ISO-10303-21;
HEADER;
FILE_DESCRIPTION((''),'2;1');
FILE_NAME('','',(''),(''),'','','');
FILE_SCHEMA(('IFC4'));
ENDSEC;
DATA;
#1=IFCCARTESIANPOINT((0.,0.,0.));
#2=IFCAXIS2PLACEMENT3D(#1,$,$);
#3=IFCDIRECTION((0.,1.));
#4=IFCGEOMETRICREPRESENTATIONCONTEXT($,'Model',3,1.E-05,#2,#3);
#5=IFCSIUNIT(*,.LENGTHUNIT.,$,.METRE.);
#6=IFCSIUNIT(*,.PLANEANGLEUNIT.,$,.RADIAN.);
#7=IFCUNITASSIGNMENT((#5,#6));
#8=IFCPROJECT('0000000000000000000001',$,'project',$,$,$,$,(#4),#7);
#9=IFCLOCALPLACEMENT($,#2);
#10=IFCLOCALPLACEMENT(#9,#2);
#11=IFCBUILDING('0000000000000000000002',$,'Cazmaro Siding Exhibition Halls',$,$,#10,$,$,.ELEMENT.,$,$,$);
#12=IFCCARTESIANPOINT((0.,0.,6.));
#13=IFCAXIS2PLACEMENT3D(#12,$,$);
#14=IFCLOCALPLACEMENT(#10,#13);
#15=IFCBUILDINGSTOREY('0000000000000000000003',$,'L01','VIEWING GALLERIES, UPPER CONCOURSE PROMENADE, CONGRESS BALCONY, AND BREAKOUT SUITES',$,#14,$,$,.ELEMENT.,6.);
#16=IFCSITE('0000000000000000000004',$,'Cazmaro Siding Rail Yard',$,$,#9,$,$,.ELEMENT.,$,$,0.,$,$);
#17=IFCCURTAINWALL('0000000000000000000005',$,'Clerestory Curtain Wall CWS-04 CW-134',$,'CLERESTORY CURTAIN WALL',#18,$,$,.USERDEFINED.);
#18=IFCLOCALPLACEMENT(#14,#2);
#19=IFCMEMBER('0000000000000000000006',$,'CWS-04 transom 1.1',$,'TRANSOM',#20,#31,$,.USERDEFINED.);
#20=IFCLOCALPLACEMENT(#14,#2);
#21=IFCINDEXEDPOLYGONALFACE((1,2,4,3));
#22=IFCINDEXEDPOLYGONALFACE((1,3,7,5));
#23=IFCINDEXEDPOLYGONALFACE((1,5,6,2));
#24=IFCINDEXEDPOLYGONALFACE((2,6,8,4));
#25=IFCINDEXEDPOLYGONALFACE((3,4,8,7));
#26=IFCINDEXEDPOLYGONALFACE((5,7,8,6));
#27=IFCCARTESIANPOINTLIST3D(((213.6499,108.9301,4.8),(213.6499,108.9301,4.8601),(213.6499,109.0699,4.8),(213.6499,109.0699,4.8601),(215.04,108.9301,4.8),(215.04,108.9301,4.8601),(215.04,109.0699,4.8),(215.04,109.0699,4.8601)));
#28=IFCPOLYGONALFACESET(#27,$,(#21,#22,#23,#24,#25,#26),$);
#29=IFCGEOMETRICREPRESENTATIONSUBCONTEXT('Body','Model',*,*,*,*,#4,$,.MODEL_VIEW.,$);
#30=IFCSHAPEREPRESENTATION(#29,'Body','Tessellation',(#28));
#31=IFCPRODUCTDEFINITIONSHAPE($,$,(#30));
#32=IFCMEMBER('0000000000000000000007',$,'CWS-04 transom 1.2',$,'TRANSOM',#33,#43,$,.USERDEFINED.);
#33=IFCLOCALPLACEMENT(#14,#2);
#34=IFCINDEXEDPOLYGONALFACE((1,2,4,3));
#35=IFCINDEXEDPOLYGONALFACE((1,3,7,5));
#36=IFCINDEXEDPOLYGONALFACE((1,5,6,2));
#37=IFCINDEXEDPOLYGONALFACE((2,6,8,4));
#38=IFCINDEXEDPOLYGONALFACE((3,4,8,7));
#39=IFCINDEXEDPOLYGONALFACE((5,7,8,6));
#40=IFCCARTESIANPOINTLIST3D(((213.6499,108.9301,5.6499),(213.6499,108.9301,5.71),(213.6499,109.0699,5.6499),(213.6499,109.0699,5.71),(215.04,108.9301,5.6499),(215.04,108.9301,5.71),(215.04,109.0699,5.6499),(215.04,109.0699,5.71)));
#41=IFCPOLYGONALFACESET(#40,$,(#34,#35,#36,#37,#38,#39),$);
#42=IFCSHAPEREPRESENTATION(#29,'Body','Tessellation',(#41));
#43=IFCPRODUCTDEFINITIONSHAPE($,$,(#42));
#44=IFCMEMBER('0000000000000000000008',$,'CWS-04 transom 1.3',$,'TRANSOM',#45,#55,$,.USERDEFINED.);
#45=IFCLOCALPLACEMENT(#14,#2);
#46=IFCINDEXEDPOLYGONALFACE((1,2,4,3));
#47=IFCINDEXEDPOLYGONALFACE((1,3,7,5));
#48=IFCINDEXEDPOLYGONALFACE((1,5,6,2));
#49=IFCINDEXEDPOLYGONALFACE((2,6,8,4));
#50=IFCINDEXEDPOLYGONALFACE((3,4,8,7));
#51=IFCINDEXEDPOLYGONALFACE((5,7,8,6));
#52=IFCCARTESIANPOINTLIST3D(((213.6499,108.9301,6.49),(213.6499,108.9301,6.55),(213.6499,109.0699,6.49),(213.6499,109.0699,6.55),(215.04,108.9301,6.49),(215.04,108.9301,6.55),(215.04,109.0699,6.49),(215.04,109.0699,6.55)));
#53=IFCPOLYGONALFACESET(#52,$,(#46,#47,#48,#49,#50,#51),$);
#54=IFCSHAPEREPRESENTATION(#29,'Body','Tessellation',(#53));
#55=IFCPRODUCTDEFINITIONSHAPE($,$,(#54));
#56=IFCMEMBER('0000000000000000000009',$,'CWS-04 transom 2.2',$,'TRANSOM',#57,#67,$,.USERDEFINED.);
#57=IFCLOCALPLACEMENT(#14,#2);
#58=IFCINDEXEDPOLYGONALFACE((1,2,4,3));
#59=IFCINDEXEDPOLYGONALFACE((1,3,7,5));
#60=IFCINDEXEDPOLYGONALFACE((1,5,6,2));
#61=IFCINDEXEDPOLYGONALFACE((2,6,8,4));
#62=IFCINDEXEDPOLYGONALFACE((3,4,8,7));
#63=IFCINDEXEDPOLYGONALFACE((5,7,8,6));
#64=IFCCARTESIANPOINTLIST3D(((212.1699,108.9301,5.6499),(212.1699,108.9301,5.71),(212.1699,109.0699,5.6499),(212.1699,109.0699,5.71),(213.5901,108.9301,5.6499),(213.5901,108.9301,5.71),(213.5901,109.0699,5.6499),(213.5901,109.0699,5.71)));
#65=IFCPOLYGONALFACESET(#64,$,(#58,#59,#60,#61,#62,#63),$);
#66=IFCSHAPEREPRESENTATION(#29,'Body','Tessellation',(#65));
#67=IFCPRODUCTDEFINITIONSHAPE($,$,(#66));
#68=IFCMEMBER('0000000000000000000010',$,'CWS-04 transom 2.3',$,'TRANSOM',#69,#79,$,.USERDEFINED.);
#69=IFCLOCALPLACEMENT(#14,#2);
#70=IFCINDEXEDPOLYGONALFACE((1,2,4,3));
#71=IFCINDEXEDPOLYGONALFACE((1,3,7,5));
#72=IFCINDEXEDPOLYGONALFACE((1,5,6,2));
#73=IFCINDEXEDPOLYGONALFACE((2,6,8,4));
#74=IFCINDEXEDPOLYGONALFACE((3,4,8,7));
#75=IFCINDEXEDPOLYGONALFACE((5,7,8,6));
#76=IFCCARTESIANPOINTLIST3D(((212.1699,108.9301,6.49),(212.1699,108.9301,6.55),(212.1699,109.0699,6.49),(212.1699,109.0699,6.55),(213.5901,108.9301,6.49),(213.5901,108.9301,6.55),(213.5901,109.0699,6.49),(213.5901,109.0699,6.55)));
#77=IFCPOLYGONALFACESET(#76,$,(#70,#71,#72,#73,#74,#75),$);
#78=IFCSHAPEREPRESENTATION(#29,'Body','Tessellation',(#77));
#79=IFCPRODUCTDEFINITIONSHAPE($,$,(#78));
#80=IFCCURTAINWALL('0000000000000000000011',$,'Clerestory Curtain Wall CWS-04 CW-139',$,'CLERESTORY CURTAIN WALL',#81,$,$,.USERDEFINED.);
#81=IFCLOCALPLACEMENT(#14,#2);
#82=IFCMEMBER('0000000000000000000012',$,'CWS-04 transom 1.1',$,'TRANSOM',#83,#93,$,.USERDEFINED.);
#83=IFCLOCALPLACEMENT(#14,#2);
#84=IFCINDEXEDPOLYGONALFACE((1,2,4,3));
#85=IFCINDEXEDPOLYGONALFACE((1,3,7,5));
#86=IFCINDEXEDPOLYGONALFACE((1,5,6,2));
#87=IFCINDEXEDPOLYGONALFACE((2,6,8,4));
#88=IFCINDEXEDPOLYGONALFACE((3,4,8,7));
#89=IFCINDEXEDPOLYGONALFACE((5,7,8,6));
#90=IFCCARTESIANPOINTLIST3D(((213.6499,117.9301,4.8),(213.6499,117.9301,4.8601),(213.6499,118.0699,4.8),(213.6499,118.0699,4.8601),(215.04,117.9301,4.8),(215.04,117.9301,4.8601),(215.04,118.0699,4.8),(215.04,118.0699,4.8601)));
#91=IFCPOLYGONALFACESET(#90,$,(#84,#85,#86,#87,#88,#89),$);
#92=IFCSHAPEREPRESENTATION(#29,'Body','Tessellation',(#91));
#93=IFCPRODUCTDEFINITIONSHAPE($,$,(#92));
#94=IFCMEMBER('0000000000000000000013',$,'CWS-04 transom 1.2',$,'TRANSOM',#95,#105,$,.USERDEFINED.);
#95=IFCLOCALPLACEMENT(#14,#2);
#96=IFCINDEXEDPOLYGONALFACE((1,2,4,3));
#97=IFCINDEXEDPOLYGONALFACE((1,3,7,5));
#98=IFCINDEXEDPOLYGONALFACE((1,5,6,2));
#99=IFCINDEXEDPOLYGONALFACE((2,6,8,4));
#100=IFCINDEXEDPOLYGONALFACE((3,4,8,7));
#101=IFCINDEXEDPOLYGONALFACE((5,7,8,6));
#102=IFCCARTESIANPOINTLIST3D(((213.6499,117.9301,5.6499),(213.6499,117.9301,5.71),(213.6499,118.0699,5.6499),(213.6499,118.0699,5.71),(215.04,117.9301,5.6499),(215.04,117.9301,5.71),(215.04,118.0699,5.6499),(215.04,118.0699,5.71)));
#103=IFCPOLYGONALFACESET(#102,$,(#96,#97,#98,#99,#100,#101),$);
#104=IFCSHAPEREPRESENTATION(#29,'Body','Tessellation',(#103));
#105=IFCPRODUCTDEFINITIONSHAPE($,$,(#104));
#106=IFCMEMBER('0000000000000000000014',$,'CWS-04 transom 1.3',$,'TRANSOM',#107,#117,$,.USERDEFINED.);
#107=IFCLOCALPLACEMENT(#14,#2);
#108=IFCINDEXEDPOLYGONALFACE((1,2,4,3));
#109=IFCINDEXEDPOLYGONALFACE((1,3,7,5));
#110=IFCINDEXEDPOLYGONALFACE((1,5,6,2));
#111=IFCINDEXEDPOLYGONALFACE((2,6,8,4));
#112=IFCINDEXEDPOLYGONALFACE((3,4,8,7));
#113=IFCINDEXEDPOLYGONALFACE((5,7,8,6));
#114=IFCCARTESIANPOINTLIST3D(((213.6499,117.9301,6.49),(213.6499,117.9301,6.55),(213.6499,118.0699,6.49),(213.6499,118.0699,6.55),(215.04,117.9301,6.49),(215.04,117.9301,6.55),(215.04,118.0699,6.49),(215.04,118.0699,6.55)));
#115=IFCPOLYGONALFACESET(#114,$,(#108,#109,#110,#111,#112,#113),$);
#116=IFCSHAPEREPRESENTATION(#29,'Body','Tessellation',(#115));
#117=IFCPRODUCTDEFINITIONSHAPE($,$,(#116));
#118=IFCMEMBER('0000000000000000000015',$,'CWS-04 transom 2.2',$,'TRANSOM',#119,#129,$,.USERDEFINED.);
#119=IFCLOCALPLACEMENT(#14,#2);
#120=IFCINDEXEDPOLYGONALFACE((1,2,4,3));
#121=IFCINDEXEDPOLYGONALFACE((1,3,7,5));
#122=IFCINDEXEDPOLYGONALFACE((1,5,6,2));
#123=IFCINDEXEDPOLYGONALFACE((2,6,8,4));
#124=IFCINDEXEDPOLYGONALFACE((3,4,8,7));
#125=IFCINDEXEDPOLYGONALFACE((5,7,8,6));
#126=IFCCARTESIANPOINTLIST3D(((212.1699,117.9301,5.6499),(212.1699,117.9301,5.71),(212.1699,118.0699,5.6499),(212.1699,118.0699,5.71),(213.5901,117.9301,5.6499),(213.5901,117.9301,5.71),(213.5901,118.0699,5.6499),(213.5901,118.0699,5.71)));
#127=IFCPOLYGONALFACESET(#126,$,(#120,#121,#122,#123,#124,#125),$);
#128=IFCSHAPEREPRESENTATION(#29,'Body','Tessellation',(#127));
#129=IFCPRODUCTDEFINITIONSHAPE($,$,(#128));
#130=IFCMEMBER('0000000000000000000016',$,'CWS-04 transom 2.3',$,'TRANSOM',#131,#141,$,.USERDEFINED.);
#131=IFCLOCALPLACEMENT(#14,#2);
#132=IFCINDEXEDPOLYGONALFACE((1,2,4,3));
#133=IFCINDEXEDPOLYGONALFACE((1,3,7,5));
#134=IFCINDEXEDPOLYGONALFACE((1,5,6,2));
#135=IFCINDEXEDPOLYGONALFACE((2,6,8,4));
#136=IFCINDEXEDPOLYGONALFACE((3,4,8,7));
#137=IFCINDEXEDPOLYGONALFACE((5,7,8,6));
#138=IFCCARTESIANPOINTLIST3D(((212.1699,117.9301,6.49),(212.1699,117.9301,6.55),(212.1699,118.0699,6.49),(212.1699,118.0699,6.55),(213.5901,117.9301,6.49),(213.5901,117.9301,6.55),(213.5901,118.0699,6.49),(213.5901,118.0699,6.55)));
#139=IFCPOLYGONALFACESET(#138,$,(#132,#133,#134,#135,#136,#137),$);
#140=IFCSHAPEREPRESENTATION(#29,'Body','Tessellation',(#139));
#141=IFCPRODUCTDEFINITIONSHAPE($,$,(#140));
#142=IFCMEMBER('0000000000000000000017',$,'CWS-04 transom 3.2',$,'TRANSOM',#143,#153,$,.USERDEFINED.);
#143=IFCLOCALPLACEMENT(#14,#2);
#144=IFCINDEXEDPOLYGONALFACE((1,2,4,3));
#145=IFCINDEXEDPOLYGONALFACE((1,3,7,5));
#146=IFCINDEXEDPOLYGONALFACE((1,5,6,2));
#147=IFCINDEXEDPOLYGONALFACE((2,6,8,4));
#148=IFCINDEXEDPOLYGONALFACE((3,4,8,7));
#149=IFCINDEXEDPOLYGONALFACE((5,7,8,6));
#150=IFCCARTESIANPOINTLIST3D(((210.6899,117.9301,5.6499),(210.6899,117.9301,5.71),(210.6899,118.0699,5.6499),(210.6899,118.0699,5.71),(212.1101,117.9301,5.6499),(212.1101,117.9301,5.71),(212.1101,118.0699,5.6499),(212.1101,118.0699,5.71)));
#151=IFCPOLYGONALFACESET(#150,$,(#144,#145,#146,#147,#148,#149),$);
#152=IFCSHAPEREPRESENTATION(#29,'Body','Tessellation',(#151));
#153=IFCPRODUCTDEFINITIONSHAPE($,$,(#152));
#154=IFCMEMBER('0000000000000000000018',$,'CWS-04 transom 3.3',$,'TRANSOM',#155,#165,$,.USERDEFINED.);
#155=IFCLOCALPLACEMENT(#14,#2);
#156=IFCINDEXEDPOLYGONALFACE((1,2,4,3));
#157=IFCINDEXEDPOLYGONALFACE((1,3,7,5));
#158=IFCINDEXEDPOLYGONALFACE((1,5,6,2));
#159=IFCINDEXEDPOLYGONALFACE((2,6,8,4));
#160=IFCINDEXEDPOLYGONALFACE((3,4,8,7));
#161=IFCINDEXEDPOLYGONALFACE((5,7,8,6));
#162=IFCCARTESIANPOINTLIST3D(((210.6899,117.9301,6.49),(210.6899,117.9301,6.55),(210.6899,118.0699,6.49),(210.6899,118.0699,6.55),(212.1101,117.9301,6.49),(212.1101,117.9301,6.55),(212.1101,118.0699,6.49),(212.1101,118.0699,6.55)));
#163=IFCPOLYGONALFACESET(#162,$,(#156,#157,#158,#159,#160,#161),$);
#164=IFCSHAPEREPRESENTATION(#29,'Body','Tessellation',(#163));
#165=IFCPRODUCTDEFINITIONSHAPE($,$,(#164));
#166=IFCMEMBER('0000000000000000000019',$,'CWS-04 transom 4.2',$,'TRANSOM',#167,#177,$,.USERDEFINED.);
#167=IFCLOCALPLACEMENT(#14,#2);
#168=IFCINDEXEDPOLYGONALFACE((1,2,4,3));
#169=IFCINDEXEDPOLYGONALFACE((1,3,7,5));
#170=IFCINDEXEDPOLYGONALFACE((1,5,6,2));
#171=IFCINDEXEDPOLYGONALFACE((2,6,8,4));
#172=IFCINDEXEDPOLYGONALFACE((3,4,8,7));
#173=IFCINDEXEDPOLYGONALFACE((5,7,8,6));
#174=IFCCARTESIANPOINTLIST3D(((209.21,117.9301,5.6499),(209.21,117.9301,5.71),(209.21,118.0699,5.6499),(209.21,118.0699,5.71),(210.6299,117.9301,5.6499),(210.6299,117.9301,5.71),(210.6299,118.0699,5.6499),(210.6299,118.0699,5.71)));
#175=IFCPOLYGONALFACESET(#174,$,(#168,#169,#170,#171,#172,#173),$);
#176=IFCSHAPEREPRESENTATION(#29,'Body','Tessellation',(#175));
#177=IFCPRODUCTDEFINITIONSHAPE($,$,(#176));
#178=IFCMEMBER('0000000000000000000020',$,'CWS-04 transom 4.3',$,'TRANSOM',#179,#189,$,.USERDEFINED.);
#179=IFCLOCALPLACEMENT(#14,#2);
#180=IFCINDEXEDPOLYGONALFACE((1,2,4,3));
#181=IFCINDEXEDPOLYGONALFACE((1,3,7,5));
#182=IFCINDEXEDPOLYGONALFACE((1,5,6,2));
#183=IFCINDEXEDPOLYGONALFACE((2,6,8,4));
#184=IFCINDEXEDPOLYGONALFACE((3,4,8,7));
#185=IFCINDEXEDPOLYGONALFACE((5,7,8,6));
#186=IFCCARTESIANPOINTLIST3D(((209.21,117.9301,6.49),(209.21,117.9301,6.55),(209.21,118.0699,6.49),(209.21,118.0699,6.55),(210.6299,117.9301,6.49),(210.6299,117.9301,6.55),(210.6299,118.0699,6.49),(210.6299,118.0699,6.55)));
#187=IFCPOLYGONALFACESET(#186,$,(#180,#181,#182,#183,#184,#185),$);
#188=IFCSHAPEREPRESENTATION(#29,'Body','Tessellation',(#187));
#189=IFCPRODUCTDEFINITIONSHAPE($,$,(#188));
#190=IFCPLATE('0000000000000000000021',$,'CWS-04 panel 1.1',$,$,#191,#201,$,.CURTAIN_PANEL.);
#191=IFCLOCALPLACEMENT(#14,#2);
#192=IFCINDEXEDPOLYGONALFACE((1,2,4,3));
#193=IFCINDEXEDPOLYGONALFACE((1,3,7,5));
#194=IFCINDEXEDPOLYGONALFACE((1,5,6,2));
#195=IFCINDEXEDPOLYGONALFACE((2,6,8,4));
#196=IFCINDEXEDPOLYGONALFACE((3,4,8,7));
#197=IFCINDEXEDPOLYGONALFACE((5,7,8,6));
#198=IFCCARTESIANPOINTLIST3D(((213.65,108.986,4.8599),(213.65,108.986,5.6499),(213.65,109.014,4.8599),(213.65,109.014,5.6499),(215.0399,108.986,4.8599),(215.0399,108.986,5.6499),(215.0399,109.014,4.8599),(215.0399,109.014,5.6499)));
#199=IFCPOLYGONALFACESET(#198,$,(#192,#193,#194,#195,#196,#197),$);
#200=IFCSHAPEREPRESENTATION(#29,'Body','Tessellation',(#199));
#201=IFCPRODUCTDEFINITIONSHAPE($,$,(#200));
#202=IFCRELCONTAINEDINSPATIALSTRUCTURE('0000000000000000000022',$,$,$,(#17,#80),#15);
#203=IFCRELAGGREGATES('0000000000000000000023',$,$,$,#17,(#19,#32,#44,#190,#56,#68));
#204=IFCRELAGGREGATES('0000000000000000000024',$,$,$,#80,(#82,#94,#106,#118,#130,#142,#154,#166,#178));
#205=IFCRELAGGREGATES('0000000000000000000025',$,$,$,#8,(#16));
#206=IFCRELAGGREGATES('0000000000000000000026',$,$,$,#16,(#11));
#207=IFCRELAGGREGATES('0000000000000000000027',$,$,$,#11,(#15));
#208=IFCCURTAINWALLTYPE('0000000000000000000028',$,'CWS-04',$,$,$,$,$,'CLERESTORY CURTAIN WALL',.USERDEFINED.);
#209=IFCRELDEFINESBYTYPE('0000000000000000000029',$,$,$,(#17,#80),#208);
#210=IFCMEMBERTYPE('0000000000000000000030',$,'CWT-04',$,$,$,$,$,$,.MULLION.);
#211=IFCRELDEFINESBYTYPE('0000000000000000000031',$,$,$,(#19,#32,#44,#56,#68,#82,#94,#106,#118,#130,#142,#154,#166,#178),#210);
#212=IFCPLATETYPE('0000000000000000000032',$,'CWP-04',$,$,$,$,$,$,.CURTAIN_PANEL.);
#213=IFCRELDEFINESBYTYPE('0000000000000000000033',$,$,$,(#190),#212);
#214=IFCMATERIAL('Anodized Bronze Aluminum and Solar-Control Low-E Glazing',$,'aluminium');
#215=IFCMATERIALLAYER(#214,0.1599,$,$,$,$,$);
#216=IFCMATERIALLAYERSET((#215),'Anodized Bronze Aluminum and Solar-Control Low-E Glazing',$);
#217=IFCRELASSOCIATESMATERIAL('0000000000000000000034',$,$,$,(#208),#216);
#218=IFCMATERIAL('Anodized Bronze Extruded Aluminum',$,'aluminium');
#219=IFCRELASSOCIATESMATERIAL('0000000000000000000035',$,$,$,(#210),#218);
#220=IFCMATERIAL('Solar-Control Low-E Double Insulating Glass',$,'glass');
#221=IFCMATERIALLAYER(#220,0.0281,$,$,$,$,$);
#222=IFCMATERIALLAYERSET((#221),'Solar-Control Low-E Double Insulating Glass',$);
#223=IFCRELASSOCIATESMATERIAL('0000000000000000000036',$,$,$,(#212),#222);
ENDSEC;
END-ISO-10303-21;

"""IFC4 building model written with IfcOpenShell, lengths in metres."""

from ifc_helpers import new_model, si_unit, direction, frame, origin, origin_2d, place, context, subcontext, project, spatial, rectangle, extrude, material, layer, layer_set, material_profile, profile_set, type_object, element, aggregate, save


model = new_model("IFC4")

# Units and contexts
model_context = context("Model", 3, precision=1e-05, world=origin(), true_north=direction((0.0, 1.0)))
body_context = subcontext(model_context, "Body", "Model", "MODEL_VIEW")
ifc_project = project(units=[si_unit("LENGTHUNIT", "METRE"), si_unit("PLANEANGLEUNIT", "RADIAN")], contexts=[model_context])

# Site, building, storey
site_placement = place(None, origin())
site = spatial("IfcSite", under=ifc_project, at=site_placement, Name="Cazmaro Siding Rail Yard", CompositionType="ELEMENT", RefElevation=0.0)
building_placement = place(site_placement, origin())
building = spatial("IfcBuilding", under=site, at=building_placement, Name="Cazmaro Siding Exhibition Halls", CompositionType="ELEMENT")
storey_placement = place(building_placement, frame((0.0, 0.0, 6.0)))
storey = spatial("IfcBuildingStorey", under=building, at=storey_placement, Name="L01", Description="VIEWING GALLERIES, UPPER CONCOURSE PROMENADE, CONGRESS BALCONY, AND BREAKOUT SUITES", CompositionType="ELEMENT", Elevation=6.0)

# Curtain walls, members
ifc_material_1 = material(Name="Anodized Bronze Aluminum and Solar-Control Low-E Glazing", Category="aluminium")
ifc_layer_1 = layer(ifc_material_1, 0.1599)
ifc_layer_set_1 = layer_set([ifc_layer_1], Name="Anodized Bronze Aluminum and Solar-Control Low-E Glazing")
curtain_wall_type = type_object("IfcCurtainWallType", Name="CWS-04", ElementType="CLERESTORY CURTAIN WALL", PredefinedType="USERDEFINED", material=ifc_layer_set_1)
curtain_wall_1_placement = place(storey_placement, origin())
curtain_wall_1 = element("IfcCurtainWall", 1, at=curtain_wall_1_placement, inside=storey, type_object=curtain_wall_type, Name="Clerestory Curtain Wall CWS-04 CW-134", ObjectType="CLERESTORY CURTAIN WALL", PredefinedType="USERDEFINED")
ifc_material_2 = material(Name="Anodized Bronze Extruded Aluminum", Category="aluminium")
ifc_material_profile = material_profile(ifc_material_2, rectangle(XDim=0.1399, YDim=0.0601, at=origin_2d()), Name="CWT-04")
ifc_profile_set = profile_set([ifc_material_profile], Name="Anodized Bronze Extruded Aluminum")
member_type = type_object("IfcMemberType", Name="CWT-04", PredefinedType="MULLION", material=ifc_profile_set)
member_1_placement = place(storey_placement, frame((215.04, 109.0, 4.8301), z_axis=(-1.0, 0.0, 0.0), x_axis=(0.0, -1.0, 0.0)))
member_1 = element("IfcMember", 2, at=member_1_placement, type_object=member_type, Name="CWS-04 transom 1.1", ObjectType="TRANSOM", PredefinedType="USERDEFINED", context=body_context, shape_type="SweptSolid", body=[
    extrude(rectangle(XDim=0.1399, YDim=0.0601, at=origin_2d()), origin(), (0.0, 0.0, 1.0), 1.3901),
])
member_2_placement = place(storey_placement, frame((215.04, 109.0, 5.6799), z_axis=(-1.0, 0.0, 0.0), x_axis=(0.0, -1.0, 0.0)))
member_2 = element("IfcMember", 3, at=member_2_placement, type_object=member_type, Name="CWS-04 transom 1.2", ObjectType="TRANSOM", PredefinedType="USERDEFINED", context=body_context, shape_type="SweptSolid", body=[
    extrude(rectangle(XDim=0.1399, YDim=0.0601, at=origin_2d()), origin(), (0.0, 0.0, 1.0), 1.3901),
])
member_3_placement = place(storey_placement, frame((215.04, 109.0, 6.52), z_axis=(-1.0, 0.0, 0.0), x_axis=(0.0, -1.0, 0.0)))
member_3 = element("IfcMember", 4, at=member_3_placement, type_object=member_type, Name="CWS-04 transom 1.3", ObjectType="TRANSOM", PredefinedType="USERDEFINED", context=body_context, shape_type="SweptSolid", body=[
    extrude(rectangle(XDim=0.1399, YDim=0.0601, at=origin_2d()), origin(), (0.0, 0.0, 1.0), 1.3901),
])
member_4_placement = place(storey_placement, frame((213.5901, 109.0, 5.6799), z_axis=(-1.0, 0.0, 0.0), x_axis=(0.0, -1.0, 0.0)))
member_4 = element("IfcMember", 5, at=member_4_placement, type_object=member_type, Name="CWS-04 transom 2.2", ObjectType="TRANSOM", PredefinedType="USERDEFINED", context=body_context, shape_type="SweptSolid", body=[
    extrude(rectangle(XDim=0.1399, YDim=0.0601, at=origin_2d()), origin(), (0.0, 0.0, 1.0), 1.4202),
])
member_5_placement = place(storey_placement, frame((213.5901, 109.0, 6.52), z_axis=(-1.0, 0.0, 0.0), x_axis=(0.0, -1.0, 0.0)))
member_5 = element("IfcMember", 6, at=member_5_placement, type_object=member_type, Name="CWS-04 transom 2.3", ObjectType="TRANSOM", PredefinedType="USERDEFINED", context=body_context, shape_type="SweptSolid", body=[
    extrude(rectangle(XDim=0.1399, YDim=0.0601, at=origin_2d()), origin(), (0.0, 0.0, 1.0), 1.4202),
])
curtain_wall_2_placement = place(storey_placement, origin())
curtain_wall_2 = element("IfcCurtainWall", 7, at=curtain_wall_2_placement, inside=storey, type_object=curtain_wall_type, Name="Clerestory Curtain Wall CWS-04 CW-139", ObjectType="CLERESTORY CURTAIN WALL", PredefinedType="USERDEFINED")
member_6_placement = place(storey_placement, frame((215.04, 118.0, 4.8301), z_axis=(-1.0, 0.0, 0.0), x_axis=(0.0, -1.0, 0.0)))
member_6 = element("IfcMember", 8, at=member_6_placement, type_object=member_type, Name="CWS-04 transom 1.1", ObjectType="TRANSOM", PredefinedType="USERDEFINED", context=body_context, shape_type="SweptSolid", body=[
    extrude(rectangle(XDim=0.1399, YDim=0.0601, at=origin_2d()), origin(), (0.0, 0.0, 1.0), 1.3901),
])
member_7_placement = place(storey_placement, frame((215.04, 118.0, 5.6799), z_axis=(-1.0, 0.0, 0.0), x_axis=(0.0, -1.0, 0.0)))
member_7 = element("IfcMember", 9, at=member_7_placement, type_object=member_type, Name="CWS-04 transom 1.2", ObjectType="TRANSOM", PredefinedType="USERDEFINED", context=body_context, shape_type="SweptSolid", body=[
    extrude(rectangle(XDim=0.1399, YDim=0.0601, at=origin_2d()), origin(), (0.0, 0.0, 1.0), 1.3901),
])
member_8_placement = place(storey_placement, frame((215.04, 118.0, 6.52), z_axis=(-1.0, 0.0, 0.0), x_axis=(0.0, -1.0, 0.0)))
member_8 = element("IfcMember", 10, at=member_8_placement, type_object=member_type, Name="CWS-04 transom 1.3", ObjectType="TRANSOM", PredefinedType="USERDEFINED", context=body_context, shape_type="SweptSolid", body=[
    extrude(rectangle(XDim=0.1399, YDim=0.0601, at=origin_2d()), origin(), (0.0, 0.0, 1.0), 1.3901),
])
member_9_placement = place(storey_placement, frame((213.5901, 118.0, 5.6799), z_axis=(-1.0, 0.0, 0.0), x_axis=(0.0, -1.0, 0.0)))
member_9 = element("IfcMember", 11, at=member_9_placement, type_object=member_type, Name="CWS-04 transom 2.2", ObjectType="TRANSOM", PredefinedType="USERDEFINED", context=body_context, shape_type="SweptSolid", body=[
    extrude(rectangle(XDim=0.1399, YDim=0.0601, at=origin_2d()), origin(), (0.0, 0.0, 1.0), 1.4202),
])
member_10_placement = place(storey_placement, frame((213.5901, 118.0, 6.52), z_axis=(-1.0, 0.0, 0.0), x_axis=(0.0, -1.0, 0.0)))
member_10 = element("IfcMember", 12, at=member_10_placement, type_object=member_type, Name="CWS-04 transom 2.3", ObjectType="TRANSOM", PredefinedType="USERDEFINED", context=body_context, shape_type="SweptSolid", body=[
    extrude(rectangle(XDim=0.1399, YDim=0.0601, at=origin_2d()), origin(), (0.0, 0.0, 1.0), 1.4202),
])
member_11_placement = place(storey_placement, frame((212.1101, 118.0, 5.6799), z_axis=(-1.0, 0.0, 0.0), x_axis=(0.0, -1.0, 0.0)))
member_11 = element("IfcMember", 13, at=member_11_placement, type_object=member_type, Name="CWS-04 transom 3.2", ObjectType="TRANSOM", PredefinedType="USERDEFINED", context=body_context, shape_type="SweptSolid", body=[
    extrude(rectangle(XDim=0.1399, YDim=0.0601, at=origin_2d()), origin(), (0.0, 0.0, 1.0), 1.4202),
])
member_12_placement = place(storey_placement, frame((212.1101, 118.0, 6.52), z_axis=(-1.0, 0.0, 0.0), x_axis=(0.0, -1.0, 0.0)))
member_12 = element("IfcMember", 14, at=member_12_placement, type_object=member_type, Name="CWS-04 transom 3.3", ObjectType="TRANSOM", PredefinedType="USERDEFINED", context=body_context, shape_type="SweptSolid", body=[
    extrude(rectangle(XDim=0.1399, YDim=0.0601, at=origin_2d()), origin(), (0.0, 0.0, 1.0), 1.4202),
])
member_13_placement = place(storey_placement, frame((210.6299, 118.0, 5.6799), z_axis=(-1.0, 0.0, 0.0), x_axis=(0.0, -1.0, 0.0)))
member_13 = element("IfcMember", 15, at=member_13_placement, type_object=member_type, Name="CWS-04 transom 4.2", ObjectType="TRANSOM", PredefinedType="USERDEFINED", context=body_context, shape_type="SweptSolid", body=[
    extrude(rectangle(XDim=0.1399, YDim=0.0601, at=origin_2d()), origin(), (0.0, 0.0, 1.0), 1.4199),
])
member_14_placement = place(storey_placement, frame((210.6299, 118.0, 6.52), z_axis=(-1.0, 0.0, 0.0), x_axis=(0.0, -1.0, 0.0)))
member_14 = element("IfcMember", 16, at=member_14_placement, type_object=member_type, Name="CWS-04 transom 4.3", ObjectType="TRANSOM", PredefinedType="USERDEFINED", context=body_context, shape_type="SweptSolid", body=[
    extrude(rectangle(XDim=0.1399, YDim=0.0601, at=origin_2d()), origin(), (0.0, 0.0, 1.0), 1.4199),
])

# Plate
ifc_material_3 = material(Name="Solar-Control Low-E Double Insulating Glass", Category="glass")
ifc_layer_2 = layer(ifc_material_3, 0.0281)
ifc_layer_set_2 = layer_set([ifc_layer_2], Name="Solar-Control Low-E Double Insulating Glass")
plate_type = type_object("IfcPlateType", Name="CWP-04", PredefinedType="CURTAIN_PANEL", material=ifc_layer_set_2)
plate_1_placement = place(storey_placement, frame((214.345, 109.0, 4.8599), z_axis=(0.0, 0.0, 1.0), x_axis=(-1.0, 0.0, 0.0)))
plate_1 = element("IfcPlate", 17, at=plate_1_placement, type_object=plate_type, Name="CWS-04 panel 1.1", PredefinedType="CURTAIN_PANEL", context=body_context, shape_type="SweptSolid", body=[
    extrude(rectangle(XDim=1.3899, YDim=0.0281, at=origin_2d()), origin(), (0.0, 0.0, 1.0), 0.79),
])
aggregate(curtain_wall_1, [member_1, member_2, member_3, plate_1, member_4, member_5])
aggregate(curtain_wall_2, [member_6, member_7, member_8, member_9, member_10, member_11, member_12, member_13, member_14])

save(model, "model.ifc")
